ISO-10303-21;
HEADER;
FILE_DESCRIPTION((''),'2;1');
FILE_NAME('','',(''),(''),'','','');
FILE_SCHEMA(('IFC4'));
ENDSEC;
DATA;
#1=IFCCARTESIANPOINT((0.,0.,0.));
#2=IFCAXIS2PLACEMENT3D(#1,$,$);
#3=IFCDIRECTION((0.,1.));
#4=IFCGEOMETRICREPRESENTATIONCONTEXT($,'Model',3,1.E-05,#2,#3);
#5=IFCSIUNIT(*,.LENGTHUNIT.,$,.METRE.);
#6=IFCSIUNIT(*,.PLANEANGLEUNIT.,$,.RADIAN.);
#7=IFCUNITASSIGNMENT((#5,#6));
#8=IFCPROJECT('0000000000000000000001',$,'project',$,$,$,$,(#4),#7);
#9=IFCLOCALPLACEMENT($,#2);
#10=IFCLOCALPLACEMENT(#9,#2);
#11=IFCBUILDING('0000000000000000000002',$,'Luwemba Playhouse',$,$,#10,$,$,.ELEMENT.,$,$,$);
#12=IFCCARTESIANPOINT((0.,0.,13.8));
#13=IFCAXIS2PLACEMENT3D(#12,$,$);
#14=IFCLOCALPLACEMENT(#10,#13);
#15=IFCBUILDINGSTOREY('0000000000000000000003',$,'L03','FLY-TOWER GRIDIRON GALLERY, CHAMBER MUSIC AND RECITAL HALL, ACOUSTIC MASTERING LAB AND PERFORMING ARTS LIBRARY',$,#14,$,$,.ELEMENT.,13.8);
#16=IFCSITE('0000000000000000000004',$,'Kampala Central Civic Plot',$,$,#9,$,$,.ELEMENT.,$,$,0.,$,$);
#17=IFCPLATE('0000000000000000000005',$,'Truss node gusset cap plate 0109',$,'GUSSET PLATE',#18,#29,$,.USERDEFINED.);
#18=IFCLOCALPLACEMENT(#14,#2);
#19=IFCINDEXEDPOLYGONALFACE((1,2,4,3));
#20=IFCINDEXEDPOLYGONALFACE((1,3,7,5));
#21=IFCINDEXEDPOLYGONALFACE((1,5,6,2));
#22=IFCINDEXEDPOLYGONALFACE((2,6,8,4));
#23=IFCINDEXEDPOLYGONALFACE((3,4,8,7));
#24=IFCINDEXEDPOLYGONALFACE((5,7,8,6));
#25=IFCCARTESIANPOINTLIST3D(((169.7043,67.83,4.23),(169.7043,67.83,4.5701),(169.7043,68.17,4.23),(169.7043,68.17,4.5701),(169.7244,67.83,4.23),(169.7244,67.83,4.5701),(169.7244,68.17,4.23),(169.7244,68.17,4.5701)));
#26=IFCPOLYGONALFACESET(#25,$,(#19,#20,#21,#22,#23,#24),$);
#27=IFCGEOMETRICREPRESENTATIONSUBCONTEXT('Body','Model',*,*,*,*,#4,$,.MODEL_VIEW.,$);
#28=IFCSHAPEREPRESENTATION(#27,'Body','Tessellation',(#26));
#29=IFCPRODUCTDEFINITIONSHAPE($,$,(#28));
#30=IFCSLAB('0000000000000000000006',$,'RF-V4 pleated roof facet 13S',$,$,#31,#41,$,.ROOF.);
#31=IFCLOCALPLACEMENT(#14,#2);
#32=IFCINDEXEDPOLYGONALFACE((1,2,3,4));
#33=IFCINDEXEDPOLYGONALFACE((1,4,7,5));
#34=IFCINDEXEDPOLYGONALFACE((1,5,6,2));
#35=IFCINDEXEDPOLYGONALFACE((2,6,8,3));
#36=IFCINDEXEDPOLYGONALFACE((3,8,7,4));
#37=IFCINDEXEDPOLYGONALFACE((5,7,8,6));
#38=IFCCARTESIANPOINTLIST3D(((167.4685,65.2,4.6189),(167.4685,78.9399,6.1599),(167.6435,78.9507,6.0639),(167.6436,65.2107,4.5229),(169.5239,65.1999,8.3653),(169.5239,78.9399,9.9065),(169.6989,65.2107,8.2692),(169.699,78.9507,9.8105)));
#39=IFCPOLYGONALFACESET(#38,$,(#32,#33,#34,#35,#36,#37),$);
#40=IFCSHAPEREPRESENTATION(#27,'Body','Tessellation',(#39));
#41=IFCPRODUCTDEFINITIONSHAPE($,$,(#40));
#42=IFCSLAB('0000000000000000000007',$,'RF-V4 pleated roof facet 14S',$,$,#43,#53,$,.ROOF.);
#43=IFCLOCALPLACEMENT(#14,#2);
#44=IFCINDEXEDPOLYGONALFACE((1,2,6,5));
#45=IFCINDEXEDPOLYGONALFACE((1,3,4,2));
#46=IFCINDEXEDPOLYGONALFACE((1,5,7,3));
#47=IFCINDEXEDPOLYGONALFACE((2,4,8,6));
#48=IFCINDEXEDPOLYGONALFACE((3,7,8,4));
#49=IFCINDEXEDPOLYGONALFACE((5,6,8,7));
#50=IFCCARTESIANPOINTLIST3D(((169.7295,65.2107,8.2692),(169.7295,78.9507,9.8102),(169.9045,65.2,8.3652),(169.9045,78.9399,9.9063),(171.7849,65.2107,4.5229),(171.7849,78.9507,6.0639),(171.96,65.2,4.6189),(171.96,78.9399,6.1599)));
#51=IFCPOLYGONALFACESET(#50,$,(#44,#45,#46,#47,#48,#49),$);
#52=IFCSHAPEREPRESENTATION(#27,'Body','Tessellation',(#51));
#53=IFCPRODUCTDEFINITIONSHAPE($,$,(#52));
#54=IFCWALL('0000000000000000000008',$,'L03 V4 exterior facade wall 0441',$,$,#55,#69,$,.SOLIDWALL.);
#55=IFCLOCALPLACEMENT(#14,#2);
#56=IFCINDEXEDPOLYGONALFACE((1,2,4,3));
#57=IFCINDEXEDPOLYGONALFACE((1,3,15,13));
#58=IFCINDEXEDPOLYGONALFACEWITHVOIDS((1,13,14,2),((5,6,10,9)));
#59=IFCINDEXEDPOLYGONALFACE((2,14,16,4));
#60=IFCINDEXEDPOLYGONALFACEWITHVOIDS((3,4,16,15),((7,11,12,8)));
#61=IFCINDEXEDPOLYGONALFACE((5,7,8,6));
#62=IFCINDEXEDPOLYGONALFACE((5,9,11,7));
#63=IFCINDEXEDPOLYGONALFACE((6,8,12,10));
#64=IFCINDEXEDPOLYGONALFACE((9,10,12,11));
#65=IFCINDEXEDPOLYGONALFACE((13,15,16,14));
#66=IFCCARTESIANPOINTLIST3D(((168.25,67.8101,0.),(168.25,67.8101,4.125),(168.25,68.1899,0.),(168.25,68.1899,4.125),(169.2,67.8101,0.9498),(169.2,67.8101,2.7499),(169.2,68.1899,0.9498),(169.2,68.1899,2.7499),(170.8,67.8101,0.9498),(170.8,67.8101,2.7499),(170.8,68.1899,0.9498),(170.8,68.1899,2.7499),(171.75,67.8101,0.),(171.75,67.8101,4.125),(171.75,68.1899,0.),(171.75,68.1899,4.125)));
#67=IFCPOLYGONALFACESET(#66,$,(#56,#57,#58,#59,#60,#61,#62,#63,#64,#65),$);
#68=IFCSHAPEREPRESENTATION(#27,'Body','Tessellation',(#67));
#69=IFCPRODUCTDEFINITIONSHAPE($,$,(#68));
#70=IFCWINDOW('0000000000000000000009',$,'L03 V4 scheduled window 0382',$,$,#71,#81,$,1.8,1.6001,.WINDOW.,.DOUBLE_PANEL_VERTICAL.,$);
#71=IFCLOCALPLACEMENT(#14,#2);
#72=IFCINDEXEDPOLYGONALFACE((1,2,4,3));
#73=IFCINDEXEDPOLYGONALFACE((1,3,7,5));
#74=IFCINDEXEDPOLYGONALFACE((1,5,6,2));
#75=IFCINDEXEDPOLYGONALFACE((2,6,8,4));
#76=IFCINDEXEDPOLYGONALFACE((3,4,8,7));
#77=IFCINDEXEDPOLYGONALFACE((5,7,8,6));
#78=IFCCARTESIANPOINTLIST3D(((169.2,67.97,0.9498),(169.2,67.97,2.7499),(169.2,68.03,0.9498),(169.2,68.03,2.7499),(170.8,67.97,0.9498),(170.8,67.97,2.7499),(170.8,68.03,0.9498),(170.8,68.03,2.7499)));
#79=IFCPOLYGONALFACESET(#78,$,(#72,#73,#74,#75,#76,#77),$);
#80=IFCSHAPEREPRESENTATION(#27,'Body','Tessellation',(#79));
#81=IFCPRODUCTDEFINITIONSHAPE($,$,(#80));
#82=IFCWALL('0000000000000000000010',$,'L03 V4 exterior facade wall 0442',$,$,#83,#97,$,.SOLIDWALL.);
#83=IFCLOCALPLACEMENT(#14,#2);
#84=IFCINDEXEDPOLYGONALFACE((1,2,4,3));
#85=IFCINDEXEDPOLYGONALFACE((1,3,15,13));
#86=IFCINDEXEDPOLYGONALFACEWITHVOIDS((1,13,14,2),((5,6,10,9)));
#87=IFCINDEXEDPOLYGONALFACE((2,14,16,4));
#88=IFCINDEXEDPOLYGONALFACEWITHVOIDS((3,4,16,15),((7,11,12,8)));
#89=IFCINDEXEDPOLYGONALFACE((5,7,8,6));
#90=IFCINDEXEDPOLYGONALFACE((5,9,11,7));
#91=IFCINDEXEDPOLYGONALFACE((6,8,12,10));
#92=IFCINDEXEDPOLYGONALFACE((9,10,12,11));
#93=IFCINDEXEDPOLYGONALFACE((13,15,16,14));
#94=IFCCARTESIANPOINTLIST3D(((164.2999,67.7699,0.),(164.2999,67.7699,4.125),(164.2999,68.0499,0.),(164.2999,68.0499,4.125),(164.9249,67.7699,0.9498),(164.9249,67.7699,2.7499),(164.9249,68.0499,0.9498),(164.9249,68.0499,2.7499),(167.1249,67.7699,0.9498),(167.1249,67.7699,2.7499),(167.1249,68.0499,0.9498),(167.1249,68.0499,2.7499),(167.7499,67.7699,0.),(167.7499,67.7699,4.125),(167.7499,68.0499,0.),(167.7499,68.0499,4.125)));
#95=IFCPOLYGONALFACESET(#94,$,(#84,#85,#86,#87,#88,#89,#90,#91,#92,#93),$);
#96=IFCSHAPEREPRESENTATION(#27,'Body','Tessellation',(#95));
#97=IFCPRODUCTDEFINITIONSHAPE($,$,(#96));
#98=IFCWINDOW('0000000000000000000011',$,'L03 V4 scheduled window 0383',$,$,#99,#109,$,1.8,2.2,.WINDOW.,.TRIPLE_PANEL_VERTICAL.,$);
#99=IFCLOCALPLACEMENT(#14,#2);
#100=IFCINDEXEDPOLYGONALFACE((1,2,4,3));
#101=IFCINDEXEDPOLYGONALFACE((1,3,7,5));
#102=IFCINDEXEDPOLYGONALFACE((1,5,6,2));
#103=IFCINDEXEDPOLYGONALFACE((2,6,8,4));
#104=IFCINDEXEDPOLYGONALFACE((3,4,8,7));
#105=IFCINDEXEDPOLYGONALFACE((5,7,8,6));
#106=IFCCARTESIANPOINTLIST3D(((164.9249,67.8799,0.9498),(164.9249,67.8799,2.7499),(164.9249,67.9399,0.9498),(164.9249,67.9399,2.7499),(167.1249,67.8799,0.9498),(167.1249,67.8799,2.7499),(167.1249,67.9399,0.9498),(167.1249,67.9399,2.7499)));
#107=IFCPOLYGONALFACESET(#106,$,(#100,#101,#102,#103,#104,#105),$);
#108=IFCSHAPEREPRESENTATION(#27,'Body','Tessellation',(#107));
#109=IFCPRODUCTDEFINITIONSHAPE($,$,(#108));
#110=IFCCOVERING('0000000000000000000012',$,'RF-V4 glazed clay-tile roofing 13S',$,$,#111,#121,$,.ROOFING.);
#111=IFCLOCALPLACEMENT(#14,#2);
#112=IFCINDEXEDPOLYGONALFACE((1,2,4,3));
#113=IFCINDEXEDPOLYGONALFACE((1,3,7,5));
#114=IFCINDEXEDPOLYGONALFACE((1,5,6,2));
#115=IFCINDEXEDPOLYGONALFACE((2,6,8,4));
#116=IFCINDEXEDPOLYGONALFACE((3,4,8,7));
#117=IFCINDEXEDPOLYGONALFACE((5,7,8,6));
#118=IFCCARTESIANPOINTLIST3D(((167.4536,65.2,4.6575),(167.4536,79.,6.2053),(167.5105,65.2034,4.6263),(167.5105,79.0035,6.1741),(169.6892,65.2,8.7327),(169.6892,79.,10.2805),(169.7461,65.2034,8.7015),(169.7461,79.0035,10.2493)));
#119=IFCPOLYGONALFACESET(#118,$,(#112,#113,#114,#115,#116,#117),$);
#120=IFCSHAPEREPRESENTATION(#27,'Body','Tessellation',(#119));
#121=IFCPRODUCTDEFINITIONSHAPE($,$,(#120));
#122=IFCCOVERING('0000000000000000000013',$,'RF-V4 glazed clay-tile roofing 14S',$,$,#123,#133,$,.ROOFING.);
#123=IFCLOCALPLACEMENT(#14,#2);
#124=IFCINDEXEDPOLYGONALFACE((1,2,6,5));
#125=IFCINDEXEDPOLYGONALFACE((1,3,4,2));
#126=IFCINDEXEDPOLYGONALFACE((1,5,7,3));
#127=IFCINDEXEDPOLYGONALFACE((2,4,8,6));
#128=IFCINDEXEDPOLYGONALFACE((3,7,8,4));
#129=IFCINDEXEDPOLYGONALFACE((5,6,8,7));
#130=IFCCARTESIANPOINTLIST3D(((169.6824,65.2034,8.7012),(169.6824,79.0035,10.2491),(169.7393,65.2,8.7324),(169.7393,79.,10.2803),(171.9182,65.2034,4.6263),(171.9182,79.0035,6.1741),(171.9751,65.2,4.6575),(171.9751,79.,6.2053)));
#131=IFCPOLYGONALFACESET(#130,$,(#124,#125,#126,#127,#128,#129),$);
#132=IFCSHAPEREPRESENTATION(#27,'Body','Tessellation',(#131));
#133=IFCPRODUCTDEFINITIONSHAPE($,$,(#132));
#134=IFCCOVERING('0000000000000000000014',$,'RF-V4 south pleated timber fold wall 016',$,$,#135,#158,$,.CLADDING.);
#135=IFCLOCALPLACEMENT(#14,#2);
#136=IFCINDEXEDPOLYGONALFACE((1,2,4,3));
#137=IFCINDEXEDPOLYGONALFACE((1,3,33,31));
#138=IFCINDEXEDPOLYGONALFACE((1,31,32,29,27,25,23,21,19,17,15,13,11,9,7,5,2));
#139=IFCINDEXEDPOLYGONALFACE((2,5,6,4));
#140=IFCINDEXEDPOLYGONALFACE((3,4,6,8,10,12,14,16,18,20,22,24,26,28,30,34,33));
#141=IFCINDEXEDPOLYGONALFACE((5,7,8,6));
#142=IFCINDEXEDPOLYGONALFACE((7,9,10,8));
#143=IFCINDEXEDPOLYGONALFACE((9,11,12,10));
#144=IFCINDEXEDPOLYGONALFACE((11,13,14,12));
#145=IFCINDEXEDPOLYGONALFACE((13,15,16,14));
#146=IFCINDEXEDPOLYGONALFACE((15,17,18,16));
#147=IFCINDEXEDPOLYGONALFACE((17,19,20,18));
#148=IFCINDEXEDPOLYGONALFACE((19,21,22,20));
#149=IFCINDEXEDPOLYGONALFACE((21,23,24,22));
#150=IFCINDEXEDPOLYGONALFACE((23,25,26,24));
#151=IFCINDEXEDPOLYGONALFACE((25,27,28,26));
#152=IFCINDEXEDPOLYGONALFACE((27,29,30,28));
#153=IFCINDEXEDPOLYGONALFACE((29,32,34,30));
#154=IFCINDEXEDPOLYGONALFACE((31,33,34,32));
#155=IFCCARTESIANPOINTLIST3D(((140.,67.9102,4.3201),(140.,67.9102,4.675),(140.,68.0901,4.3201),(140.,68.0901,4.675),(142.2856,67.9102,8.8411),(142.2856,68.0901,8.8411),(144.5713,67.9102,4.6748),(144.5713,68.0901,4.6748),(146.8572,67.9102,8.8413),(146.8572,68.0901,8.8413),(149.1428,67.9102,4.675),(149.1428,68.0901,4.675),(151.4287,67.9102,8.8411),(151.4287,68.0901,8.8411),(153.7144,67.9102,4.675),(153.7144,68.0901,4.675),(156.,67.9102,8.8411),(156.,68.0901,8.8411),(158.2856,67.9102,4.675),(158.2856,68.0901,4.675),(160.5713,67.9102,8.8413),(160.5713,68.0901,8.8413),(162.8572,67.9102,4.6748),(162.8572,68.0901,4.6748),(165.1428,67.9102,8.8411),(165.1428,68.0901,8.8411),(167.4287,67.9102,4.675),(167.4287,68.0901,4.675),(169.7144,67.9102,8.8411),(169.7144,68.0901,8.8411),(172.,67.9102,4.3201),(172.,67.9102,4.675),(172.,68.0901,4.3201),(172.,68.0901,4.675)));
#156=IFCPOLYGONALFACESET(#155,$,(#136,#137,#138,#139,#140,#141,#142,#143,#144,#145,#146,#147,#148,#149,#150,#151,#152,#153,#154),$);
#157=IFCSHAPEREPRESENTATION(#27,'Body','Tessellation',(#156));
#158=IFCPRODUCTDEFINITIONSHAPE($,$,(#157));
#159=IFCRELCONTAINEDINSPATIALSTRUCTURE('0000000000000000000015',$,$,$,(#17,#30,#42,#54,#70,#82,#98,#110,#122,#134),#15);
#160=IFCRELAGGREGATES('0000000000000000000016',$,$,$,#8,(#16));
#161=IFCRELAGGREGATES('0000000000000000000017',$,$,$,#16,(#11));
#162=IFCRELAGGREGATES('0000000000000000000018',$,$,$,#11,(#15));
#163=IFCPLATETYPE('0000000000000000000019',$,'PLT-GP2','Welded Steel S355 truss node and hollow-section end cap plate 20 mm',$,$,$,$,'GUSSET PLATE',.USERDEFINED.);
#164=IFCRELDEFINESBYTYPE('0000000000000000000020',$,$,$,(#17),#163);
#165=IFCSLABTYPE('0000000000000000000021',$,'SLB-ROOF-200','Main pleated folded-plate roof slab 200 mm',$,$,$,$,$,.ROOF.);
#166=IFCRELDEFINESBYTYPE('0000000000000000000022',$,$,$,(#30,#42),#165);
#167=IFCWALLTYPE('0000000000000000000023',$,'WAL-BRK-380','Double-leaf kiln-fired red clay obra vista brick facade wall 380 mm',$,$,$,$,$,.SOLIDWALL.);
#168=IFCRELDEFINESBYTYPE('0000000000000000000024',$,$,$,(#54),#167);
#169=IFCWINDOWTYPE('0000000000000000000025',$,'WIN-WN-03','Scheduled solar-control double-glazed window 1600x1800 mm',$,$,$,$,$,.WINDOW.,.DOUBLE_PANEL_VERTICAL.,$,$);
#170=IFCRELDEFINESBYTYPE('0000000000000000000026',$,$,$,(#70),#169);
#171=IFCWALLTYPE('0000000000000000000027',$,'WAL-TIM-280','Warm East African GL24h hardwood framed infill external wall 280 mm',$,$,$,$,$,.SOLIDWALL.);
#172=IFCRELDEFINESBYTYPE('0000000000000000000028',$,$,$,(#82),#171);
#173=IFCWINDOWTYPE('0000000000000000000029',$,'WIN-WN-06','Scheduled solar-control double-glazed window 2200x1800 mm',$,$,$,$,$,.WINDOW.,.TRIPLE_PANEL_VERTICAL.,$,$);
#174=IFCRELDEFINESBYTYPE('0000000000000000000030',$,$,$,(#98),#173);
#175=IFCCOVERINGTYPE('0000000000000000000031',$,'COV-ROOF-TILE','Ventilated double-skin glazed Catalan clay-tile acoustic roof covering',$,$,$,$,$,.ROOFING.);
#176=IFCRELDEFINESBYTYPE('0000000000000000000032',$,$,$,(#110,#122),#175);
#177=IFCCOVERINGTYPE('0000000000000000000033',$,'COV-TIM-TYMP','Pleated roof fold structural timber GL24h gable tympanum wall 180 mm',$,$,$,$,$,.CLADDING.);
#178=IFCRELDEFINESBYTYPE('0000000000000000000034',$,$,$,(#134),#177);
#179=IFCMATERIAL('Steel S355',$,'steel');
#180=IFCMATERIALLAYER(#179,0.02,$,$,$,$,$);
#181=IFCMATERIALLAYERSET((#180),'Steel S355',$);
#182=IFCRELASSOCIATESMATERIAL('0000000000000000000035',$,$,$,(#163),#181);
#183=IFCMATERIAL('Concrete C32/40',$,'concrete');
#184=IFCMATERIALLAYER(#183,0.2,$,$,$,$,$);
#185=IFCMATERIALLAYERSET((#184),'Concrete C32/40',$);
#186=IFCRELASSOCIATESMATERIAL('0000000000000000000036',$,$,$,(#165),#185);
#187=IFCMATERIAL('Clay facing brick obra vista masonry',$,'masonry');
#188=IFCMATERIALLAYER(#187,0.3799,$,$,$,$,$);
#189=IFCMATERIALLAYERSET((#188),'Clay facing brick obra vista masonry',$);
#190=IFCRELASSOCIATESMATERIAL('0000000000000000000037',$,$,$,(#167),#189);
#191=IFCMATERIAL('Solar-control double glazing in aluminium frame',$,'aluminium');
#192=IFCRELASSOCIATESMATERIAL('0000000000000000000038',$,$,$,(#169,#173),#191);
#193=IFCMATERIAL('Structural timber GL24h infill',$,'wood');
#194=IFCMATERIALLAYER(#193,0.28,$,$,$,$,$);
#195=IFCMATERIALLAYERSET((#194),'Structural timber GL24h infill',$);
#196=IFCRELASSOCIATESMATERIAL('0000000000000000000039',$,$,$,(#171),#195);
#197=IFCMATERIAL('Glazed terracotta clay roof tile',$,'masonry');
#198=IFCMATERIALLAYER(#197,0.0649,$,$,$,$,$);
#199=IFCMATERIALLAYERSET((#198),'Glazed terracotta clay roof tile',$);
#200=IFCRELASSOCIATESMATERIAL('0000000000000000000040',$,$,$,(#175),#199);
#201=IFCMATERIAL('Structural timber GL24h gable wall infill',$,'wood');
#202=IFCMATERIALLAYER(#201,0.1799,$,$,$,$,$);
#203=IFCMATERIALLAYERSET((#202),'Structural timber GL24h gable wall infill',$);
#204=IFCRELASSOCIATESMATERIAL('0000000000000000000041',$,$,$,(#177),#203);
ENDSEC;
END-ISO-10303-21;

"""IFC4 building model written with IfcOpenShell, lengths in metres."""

from ifc_helpers import new_model, si_unit, direction, frame, frame_2d, origin, origin_2d, place, context, subcontext, project, spatial, polyline, rectangle, outline, extrude, material, layer, layer_set, type_object, element, fill, save


model = new_model("IFC4")

# Units and contexts
model_context = context("Model", 3, precision=1e-05, world=origin(), true_north=direction((0.0, 1.0)))
body_context = subcontext(model_context, "Body", "Model", "MODEL_VIEW")
ifc_project = project(units=[si_unit("LENGTHUNIT", "METRE"), si_unit("PLANEANGLEUNIT", "RADIAN")], contexts=[model_context])

# Site, building, storey
site_placement = place(None, origin())
site = spatial("IfcSite", under=ifc_project, at=site_placement, Name="Kampala Central Civic Plot", CompositionType="ELEMENT", RefElevation=0.0)
building_placement = place(site_placement, origin())
building = spatial("IfcBuilding", under=site, at=building_placement, Name="Luwemba Playhouse", CompositionType="ELEMENT")
storey_placement = place(building_placement, frame((0.0, 0.0, 13.8)))
storey = spatial("IfcBuildingStorey", under=building, at=storey_placement, Name="L03", Description="FLY-TOWER GRIDIRON GALLERY, CHAMBER MUSIC AND RECITAL HALL, ACOUSTIC MASTERING LAB AND PERFORMING ARTS LIBRARY", CompositionType="ELEMENT", Elevation=13.8)

# Shared definitions
ifc_material_1 = material(Name="Steel S355", Category="steel")

# Plate
ifc_layer_1 = layer(ifc_material_1, 0.02)
ifc_layer_set_1 = layer_set([ifc_layer_1], Name="Steel S355")
plate_type = type_object("IfcPlateType", Name="PLT-GP2", Description="Welded Steel S355 truss node and hollow-section end cap plate 20 mm", ElementType="GUSSET PLATE", PredefinedType="USERDEFINED", material=ifc_layer_set_1)
plate_placement = place(storey_placement, frame((169.7144, 68.0, 4.23), z_axis=(0.0, 0.0, 1.0), x_axis=(1.0, 0.0, 0.0)))
element("IfcPlate", 1, at=plate_placement, inside=storey, type_object=plate_type, Name="Truss node gusset cap plate 0109", ObjectType="GUSSET PLATE", PredefinedType="USERDEFINED", context=body_context, shape_type="SweptSolid", body=[
    extrude(rectangle(XDim=0.02, YDim=0.3401, at=origin_2d()), origin(), (0.0, 0.0, 1.0), 0.3401),
])

# Slabs
ifc_material_2 = material(Name="Concrete C32/40", Category="concrete")
ifc_layer_2 = layer(ifc_material_2, 0.2)
ifc_layer_set_2 = layer_set([ifc_layer_2], Name="Concrete C32/40")
slab_type = type_object("IfcSlabType", Name="SLB-ROOF-200", Description="Main pleated folded-plate roof slab 200 mm", PredefinedType="ROOF", material=ifc_layer_set_2)
slab_1_placement = place(storey_placement, frame((167.4685, 65.2, 4.6189), z_axis=(-0.87545, -0.053872, 0.480298), x_axis=(0.480996, -0.000001, 0.876723)))
element("IfcSlab", 2, at=slab_1_placement, inside=storey, type_object=slab_type, Name="RF-V4 pleated roof facet 13S", PredefinedType="ROOF", context=body_context, shape_type="SweptSolid", body=[
    extrude(outline(polyline([(0.0, 0.0), (4.2731, 0.0), (5.6244, 13.76), (1.351, 13.76), (0.0, 0.0)])), origin(), (0.0, 0.0, -1.0), 0.2),
])
slab_2_placement = place(storey_placement, frame((169.9045, 65.2, 8.3652), z_axis=(0.875443, -0.053869, 0.48031), x_axis=(0.481008, 0.0, -0.876716)))
element("IfcSlab", 3, at=slab_2_placement, inside=storey, type_object=slab_type, Name="RF-V4 pleated roof facet 14S", PredefinedType="ROOF", context=body_context, shape_type="SweptSolid", body=[
    extrude(outline(polyline([(0.0, 0.0), (4.2731, 0.0), (2.9221, 13.76), (-1.351, 13.76), (0.0, 0.0)])), origin(), (0.0, 0.0, -1.0), 0.2),
])

# Walls, openings, windows
ifc_material_3 = material(Name="Clay facing brick obra vista masonry", Category="masonry")
ifc_layer_3 = layer(ifc_material_3, 0.3799)
ifc_layer_set_3 = layer_set([ifc_layer_3], Name="Clay facing brick obra vista masonry")
wall_type_1 = type_object("IfcWallType", Name="WAL-BRK-380", Description="Double-leaf kiln-fired red clay obra vista brick facade wall 380 mm", PredefinedType="SOLIDWALL", material=ifc_layer_set_3)
wall_1_placement = place(storey_placement, frame((171.75, 68.0, 0.0), z_axis=(0.0, 0.0, 1.0), x_axis=(-1.0, 0.0, 0.0)))
wall_1 = element("IfcWall", 4, at=wall_1_placement, inside=storey, type_object=wall_type_1, Name="L03 V4 exterior facade wall 0441", PredefinedType="SOLIDWALL", context=body_context, shape_type="SweptSolid", body=[
    extrude(rectangle(XDim=3.5, YDim=0.3799, at=frame_2d((1.75, 0.0))), origin(), (0.0, 0.0, 1.0), 4.125),
])
opening_1_placement = place(wall_1_placement, frame((0.95, 0.0, 0.95)))
opening_1 = element("IfcOpeningElement", 5, at=opening_1_placement, cuts=wall_1, PredefinedType="OPENING", context=body_context, shape_type="SweptSolid", body=[
    extrude(rectangle(XDim=1.6001, YDim=1.8, at=frame_2d((0.8, 0.8999))), frame((0.0, 0.2, 0.0), z_axis=(0.0, -1.0, 0.0), x_axis=(1.0, 0.0, 0.0)), (0.0, 0.0, 1.0), 0.3999),
])
ifc_material_4 = material(Name="Solar-control double glazing in aluminium frame", Category="aluminium")
window_type_1 = type_object("IfcWindowType", Name="WIN-WN-03", Description="Scheduled solar-control double-glazed window 1600x1800 mm", PartitioningType="DOUBLE_PANEL_VERTICAL", PredefinedType="WINDOW", material=ifc_material_4)
window_1_placement = place(opening_1_placement, origin())
window_1 = element("IfcWindow", 6, at=window_1_placement, inside=storey, type_object=window_type_1, Name="L03 V4 scheduled window 0382", OverallHeight=1.8, OverallWidth=1.6001, PartitioningType="DOUBLE_PANEL_VERTICAL", PredefinedType="WINDOW", context=body_context, shape_type="SweptSolid", body=[
    extrude(rectangle(XDim=1.6001, YDim=1.8, at=frame_2d((0.8, 0.8999))), frame((0.0, 0.03, 0.0), z_axis=(0.0, -1.0, 0.0), x_axis=(1.0, 0.0, 0.0)), (0.0, 0.0, 1.0), 0.0601),
])
fill(opening_1, window_1)
ifc_material_5 = material(Name="Structural timber GL24h infill", Category="wood")
ifc_layer_4 = layer(ifc_material_5, 0.28)
ifc_layer_set_4 = layer_set([ifc_layer_4], Name="Structural timber GL24h infill")
wall_type_2 = type_object("IfcWallType", Name="WAL-TIM-280", Description="Warm East African GL24h hardwood framed infill external wall 280 mm", PredefinedType="SOLIDWALL", material=ifc_layer_set_4)
wall_2_placement = place(storey_placement, frame((167.75, 67.9099, 0.0), z_axis=(0.0, 0.0, 1.0), x_axis=(-1.0, 0.0, 0.0)))
wall_2 = element("IfcWall", 7, at=wall_2_placement, inside=storey, type_object=wall_type_2, Name="L03 V4 exterior facade wall 0442", PredefinedType="SOLIDWALL", context=body_context, shape_type="SweptSolid", body=[
    extrude(rectangle(XDim=3.45, YDim=0.28, at=frame_2d((1.7251, 0.0))), origin(), (0.0, 0.0, 1.0), 4.125),
])
opening_2_placement = place(wall_2_placement, frame((0.625, 0.0, 0.95)))
opening_2 = element("IfcOpeningElement", 8, at=opening_2_placement, cuts=wall_2, PredefinedType="OPENING", context=body_context, shape_type="SweptSolid", body=[
    extrude(rectangle(XDim=2.2, YDim=1.8, at=frame_2d((1.1001, 0.8999))), frame((0.0, 0.1499, 0.0), z_axis=(0.0, -1.0, 0.0), x_axis=(1.0, 0.0, 0.0)), (0.0, 0.0, 1.0), 0.3),
])
window_type_2 = type_object("IfcWindowType", Name="WIN-WN-06", Description="Scheduled solar-control double-glazed window 2200x1800 mm", PartitioningType="TRIPLE_PANEL_VERTICAL", PredefinedType="WINDOW", material=ifc_material_4)
window_2_placement = place(opening_2_placement, origin())
window_2 = element("IfcWindow", 9, at=window_2_placement, inside=storey, type_object=window_type_2, Name="L03 V4 scheduled window 0383", OverallHeight=1.8, OverallWidth=2.2, PartitioningType="TRIPLE_PANEL_VERTICAL", PredefinedType="WINDOW", context=body_context, shape_type="SweptSolid", body=[
    extrude(rectangle(XDim=2.2, YDim=1.8, at=frame_2d((1.1001, 0.8999))), frame((0.0, 0.03, 0.0), z_axis=(0.0, -1.0, 0.0), x_axis=(1.0, 0.0, 0.0)), (0.0, 0.0, 1.0), 0.0601),
])
fill(opening_2, window_2)

# Coverings
ifc_material_6 = material(Name="Glazed terracotta clay roof tile", Category="masonry")
ifc_layer_5 = layer(ifc_material_6, 0.0649)
ifc_layer_set_5 = layer_set([ifc_layer_5], Name="Glazed terracotta clay roof tile")
covering_type_1 = type_object("IfcCoveringType", Name="COV-ROOF-TILE", Description="Ventilated double-skin glazed Catalan clay-tile acoustic roof covering", PredefinedType="ROOFING", material=ifc_layer_set_5)
covering_1_placement = place(storey_placement, frame((167.4536, 65.2, 4.6575), z_axis=(-0.875466, -0.053868, 0.480268), x_axis=(0.480967, 0.0, 0.876739)))
element("IfcCovering", 10, at=covering_1_placement, inside=storey, type_object=covering_type_1, Name="RF-V4 glazed clay-tile roofing 13S", PredefinedType="ROOFING", context=body_context, shape_type="SweptSolid", body=[
    extrude(outline(polyline([(0.0, 0.0), (4.6481, 0.0), (6.0052, 13.8201), (1.3571, 13.8201), (0.0, 0.0)])), origin(), (0.0, 0.0, -1.0), 0.0649),
])
covering_2_placement = place(storey_placement, frame((169.7393, 65.2, 8.7324), z_axis=(0.875431, -0.053875, 0.480331), x_axis=(0.481029, 0.0, -0.876705)))
element("IfcCovering", 11, at=covering_2_placement, inside=storey, type_object=covering_type_1, Name="RF-V4 glazed clay-tile roofing 14S", PredefinedType="ROOFING", context=body_context, shape_type="SweptSolid", body=[
    extrude(outline(polyline([(0.0, 0.0), (4.648, 0.0), (3.291, 13.8201), (-1.357, 13.8201), (0.0, 0.0)])), origin(), (0.0, 0.0, -1.0), 0.0649),
])
ifc_material_7 = material(Name="Structural timber GL24h gable wall infill", Category="wood")
ifc_layer_6 = layer(ifc_material_7, 0.1799)
ifc_layer_set_6 = layer_set([ifc_layer_6], Name="Structural timber GL24h gable wall infill")
covering_type_2 = type_object("IfcCoveringType", Name="COV-TIM-TYMP", Description="Pleated roof fold structural timber GL24h gable tympanum wall 180 mm", PredefinedType="CLADDING", material=ifc_layer_set_6)
covering_3_placement = place(storey_placement, frame((172.0, 68.0, 4.3201), z_axis=(0.0, 0.0, 1.0), x_axis=(-1.0, 0.0, 0.0)))
element("IfcCovering", 12, at=covering_3_placement, inside=storey, type_object=covering_type_2, Name="RF-V4 south pleated timber fold wall 016", PredefinedType="CLADDING", context=body_context, shape_type="SweptSolid", body=[
    extrude(outline(polyline([(0.0, 0.0), (32.0, 0.0), (32.0, 0.355), (29.7144, 4.521), (27.4287, 0.3547), (25.1428, 4.5212), (22.8572, 0.355), (20.5713, 4.521), (18.2856, 0.355), (16.0, 4.521), (13.7144, 0.355), (11.4287, 4.5212), (9.1428, 0.3547), (6.8572, 4.521), (4.5713, 0.355), (2.2856, 4.521), (0.0, 0.355), (0.0, 0.0)])), frame((0.0, 0.0898, 0.0), z_axis=(0.0, -1.0, 0.0), x_axis=(1.0, 0.0, 0.0)), (0.0, 0.0, 1.0), 0.1799),
])

save(model, "model.ifc")
